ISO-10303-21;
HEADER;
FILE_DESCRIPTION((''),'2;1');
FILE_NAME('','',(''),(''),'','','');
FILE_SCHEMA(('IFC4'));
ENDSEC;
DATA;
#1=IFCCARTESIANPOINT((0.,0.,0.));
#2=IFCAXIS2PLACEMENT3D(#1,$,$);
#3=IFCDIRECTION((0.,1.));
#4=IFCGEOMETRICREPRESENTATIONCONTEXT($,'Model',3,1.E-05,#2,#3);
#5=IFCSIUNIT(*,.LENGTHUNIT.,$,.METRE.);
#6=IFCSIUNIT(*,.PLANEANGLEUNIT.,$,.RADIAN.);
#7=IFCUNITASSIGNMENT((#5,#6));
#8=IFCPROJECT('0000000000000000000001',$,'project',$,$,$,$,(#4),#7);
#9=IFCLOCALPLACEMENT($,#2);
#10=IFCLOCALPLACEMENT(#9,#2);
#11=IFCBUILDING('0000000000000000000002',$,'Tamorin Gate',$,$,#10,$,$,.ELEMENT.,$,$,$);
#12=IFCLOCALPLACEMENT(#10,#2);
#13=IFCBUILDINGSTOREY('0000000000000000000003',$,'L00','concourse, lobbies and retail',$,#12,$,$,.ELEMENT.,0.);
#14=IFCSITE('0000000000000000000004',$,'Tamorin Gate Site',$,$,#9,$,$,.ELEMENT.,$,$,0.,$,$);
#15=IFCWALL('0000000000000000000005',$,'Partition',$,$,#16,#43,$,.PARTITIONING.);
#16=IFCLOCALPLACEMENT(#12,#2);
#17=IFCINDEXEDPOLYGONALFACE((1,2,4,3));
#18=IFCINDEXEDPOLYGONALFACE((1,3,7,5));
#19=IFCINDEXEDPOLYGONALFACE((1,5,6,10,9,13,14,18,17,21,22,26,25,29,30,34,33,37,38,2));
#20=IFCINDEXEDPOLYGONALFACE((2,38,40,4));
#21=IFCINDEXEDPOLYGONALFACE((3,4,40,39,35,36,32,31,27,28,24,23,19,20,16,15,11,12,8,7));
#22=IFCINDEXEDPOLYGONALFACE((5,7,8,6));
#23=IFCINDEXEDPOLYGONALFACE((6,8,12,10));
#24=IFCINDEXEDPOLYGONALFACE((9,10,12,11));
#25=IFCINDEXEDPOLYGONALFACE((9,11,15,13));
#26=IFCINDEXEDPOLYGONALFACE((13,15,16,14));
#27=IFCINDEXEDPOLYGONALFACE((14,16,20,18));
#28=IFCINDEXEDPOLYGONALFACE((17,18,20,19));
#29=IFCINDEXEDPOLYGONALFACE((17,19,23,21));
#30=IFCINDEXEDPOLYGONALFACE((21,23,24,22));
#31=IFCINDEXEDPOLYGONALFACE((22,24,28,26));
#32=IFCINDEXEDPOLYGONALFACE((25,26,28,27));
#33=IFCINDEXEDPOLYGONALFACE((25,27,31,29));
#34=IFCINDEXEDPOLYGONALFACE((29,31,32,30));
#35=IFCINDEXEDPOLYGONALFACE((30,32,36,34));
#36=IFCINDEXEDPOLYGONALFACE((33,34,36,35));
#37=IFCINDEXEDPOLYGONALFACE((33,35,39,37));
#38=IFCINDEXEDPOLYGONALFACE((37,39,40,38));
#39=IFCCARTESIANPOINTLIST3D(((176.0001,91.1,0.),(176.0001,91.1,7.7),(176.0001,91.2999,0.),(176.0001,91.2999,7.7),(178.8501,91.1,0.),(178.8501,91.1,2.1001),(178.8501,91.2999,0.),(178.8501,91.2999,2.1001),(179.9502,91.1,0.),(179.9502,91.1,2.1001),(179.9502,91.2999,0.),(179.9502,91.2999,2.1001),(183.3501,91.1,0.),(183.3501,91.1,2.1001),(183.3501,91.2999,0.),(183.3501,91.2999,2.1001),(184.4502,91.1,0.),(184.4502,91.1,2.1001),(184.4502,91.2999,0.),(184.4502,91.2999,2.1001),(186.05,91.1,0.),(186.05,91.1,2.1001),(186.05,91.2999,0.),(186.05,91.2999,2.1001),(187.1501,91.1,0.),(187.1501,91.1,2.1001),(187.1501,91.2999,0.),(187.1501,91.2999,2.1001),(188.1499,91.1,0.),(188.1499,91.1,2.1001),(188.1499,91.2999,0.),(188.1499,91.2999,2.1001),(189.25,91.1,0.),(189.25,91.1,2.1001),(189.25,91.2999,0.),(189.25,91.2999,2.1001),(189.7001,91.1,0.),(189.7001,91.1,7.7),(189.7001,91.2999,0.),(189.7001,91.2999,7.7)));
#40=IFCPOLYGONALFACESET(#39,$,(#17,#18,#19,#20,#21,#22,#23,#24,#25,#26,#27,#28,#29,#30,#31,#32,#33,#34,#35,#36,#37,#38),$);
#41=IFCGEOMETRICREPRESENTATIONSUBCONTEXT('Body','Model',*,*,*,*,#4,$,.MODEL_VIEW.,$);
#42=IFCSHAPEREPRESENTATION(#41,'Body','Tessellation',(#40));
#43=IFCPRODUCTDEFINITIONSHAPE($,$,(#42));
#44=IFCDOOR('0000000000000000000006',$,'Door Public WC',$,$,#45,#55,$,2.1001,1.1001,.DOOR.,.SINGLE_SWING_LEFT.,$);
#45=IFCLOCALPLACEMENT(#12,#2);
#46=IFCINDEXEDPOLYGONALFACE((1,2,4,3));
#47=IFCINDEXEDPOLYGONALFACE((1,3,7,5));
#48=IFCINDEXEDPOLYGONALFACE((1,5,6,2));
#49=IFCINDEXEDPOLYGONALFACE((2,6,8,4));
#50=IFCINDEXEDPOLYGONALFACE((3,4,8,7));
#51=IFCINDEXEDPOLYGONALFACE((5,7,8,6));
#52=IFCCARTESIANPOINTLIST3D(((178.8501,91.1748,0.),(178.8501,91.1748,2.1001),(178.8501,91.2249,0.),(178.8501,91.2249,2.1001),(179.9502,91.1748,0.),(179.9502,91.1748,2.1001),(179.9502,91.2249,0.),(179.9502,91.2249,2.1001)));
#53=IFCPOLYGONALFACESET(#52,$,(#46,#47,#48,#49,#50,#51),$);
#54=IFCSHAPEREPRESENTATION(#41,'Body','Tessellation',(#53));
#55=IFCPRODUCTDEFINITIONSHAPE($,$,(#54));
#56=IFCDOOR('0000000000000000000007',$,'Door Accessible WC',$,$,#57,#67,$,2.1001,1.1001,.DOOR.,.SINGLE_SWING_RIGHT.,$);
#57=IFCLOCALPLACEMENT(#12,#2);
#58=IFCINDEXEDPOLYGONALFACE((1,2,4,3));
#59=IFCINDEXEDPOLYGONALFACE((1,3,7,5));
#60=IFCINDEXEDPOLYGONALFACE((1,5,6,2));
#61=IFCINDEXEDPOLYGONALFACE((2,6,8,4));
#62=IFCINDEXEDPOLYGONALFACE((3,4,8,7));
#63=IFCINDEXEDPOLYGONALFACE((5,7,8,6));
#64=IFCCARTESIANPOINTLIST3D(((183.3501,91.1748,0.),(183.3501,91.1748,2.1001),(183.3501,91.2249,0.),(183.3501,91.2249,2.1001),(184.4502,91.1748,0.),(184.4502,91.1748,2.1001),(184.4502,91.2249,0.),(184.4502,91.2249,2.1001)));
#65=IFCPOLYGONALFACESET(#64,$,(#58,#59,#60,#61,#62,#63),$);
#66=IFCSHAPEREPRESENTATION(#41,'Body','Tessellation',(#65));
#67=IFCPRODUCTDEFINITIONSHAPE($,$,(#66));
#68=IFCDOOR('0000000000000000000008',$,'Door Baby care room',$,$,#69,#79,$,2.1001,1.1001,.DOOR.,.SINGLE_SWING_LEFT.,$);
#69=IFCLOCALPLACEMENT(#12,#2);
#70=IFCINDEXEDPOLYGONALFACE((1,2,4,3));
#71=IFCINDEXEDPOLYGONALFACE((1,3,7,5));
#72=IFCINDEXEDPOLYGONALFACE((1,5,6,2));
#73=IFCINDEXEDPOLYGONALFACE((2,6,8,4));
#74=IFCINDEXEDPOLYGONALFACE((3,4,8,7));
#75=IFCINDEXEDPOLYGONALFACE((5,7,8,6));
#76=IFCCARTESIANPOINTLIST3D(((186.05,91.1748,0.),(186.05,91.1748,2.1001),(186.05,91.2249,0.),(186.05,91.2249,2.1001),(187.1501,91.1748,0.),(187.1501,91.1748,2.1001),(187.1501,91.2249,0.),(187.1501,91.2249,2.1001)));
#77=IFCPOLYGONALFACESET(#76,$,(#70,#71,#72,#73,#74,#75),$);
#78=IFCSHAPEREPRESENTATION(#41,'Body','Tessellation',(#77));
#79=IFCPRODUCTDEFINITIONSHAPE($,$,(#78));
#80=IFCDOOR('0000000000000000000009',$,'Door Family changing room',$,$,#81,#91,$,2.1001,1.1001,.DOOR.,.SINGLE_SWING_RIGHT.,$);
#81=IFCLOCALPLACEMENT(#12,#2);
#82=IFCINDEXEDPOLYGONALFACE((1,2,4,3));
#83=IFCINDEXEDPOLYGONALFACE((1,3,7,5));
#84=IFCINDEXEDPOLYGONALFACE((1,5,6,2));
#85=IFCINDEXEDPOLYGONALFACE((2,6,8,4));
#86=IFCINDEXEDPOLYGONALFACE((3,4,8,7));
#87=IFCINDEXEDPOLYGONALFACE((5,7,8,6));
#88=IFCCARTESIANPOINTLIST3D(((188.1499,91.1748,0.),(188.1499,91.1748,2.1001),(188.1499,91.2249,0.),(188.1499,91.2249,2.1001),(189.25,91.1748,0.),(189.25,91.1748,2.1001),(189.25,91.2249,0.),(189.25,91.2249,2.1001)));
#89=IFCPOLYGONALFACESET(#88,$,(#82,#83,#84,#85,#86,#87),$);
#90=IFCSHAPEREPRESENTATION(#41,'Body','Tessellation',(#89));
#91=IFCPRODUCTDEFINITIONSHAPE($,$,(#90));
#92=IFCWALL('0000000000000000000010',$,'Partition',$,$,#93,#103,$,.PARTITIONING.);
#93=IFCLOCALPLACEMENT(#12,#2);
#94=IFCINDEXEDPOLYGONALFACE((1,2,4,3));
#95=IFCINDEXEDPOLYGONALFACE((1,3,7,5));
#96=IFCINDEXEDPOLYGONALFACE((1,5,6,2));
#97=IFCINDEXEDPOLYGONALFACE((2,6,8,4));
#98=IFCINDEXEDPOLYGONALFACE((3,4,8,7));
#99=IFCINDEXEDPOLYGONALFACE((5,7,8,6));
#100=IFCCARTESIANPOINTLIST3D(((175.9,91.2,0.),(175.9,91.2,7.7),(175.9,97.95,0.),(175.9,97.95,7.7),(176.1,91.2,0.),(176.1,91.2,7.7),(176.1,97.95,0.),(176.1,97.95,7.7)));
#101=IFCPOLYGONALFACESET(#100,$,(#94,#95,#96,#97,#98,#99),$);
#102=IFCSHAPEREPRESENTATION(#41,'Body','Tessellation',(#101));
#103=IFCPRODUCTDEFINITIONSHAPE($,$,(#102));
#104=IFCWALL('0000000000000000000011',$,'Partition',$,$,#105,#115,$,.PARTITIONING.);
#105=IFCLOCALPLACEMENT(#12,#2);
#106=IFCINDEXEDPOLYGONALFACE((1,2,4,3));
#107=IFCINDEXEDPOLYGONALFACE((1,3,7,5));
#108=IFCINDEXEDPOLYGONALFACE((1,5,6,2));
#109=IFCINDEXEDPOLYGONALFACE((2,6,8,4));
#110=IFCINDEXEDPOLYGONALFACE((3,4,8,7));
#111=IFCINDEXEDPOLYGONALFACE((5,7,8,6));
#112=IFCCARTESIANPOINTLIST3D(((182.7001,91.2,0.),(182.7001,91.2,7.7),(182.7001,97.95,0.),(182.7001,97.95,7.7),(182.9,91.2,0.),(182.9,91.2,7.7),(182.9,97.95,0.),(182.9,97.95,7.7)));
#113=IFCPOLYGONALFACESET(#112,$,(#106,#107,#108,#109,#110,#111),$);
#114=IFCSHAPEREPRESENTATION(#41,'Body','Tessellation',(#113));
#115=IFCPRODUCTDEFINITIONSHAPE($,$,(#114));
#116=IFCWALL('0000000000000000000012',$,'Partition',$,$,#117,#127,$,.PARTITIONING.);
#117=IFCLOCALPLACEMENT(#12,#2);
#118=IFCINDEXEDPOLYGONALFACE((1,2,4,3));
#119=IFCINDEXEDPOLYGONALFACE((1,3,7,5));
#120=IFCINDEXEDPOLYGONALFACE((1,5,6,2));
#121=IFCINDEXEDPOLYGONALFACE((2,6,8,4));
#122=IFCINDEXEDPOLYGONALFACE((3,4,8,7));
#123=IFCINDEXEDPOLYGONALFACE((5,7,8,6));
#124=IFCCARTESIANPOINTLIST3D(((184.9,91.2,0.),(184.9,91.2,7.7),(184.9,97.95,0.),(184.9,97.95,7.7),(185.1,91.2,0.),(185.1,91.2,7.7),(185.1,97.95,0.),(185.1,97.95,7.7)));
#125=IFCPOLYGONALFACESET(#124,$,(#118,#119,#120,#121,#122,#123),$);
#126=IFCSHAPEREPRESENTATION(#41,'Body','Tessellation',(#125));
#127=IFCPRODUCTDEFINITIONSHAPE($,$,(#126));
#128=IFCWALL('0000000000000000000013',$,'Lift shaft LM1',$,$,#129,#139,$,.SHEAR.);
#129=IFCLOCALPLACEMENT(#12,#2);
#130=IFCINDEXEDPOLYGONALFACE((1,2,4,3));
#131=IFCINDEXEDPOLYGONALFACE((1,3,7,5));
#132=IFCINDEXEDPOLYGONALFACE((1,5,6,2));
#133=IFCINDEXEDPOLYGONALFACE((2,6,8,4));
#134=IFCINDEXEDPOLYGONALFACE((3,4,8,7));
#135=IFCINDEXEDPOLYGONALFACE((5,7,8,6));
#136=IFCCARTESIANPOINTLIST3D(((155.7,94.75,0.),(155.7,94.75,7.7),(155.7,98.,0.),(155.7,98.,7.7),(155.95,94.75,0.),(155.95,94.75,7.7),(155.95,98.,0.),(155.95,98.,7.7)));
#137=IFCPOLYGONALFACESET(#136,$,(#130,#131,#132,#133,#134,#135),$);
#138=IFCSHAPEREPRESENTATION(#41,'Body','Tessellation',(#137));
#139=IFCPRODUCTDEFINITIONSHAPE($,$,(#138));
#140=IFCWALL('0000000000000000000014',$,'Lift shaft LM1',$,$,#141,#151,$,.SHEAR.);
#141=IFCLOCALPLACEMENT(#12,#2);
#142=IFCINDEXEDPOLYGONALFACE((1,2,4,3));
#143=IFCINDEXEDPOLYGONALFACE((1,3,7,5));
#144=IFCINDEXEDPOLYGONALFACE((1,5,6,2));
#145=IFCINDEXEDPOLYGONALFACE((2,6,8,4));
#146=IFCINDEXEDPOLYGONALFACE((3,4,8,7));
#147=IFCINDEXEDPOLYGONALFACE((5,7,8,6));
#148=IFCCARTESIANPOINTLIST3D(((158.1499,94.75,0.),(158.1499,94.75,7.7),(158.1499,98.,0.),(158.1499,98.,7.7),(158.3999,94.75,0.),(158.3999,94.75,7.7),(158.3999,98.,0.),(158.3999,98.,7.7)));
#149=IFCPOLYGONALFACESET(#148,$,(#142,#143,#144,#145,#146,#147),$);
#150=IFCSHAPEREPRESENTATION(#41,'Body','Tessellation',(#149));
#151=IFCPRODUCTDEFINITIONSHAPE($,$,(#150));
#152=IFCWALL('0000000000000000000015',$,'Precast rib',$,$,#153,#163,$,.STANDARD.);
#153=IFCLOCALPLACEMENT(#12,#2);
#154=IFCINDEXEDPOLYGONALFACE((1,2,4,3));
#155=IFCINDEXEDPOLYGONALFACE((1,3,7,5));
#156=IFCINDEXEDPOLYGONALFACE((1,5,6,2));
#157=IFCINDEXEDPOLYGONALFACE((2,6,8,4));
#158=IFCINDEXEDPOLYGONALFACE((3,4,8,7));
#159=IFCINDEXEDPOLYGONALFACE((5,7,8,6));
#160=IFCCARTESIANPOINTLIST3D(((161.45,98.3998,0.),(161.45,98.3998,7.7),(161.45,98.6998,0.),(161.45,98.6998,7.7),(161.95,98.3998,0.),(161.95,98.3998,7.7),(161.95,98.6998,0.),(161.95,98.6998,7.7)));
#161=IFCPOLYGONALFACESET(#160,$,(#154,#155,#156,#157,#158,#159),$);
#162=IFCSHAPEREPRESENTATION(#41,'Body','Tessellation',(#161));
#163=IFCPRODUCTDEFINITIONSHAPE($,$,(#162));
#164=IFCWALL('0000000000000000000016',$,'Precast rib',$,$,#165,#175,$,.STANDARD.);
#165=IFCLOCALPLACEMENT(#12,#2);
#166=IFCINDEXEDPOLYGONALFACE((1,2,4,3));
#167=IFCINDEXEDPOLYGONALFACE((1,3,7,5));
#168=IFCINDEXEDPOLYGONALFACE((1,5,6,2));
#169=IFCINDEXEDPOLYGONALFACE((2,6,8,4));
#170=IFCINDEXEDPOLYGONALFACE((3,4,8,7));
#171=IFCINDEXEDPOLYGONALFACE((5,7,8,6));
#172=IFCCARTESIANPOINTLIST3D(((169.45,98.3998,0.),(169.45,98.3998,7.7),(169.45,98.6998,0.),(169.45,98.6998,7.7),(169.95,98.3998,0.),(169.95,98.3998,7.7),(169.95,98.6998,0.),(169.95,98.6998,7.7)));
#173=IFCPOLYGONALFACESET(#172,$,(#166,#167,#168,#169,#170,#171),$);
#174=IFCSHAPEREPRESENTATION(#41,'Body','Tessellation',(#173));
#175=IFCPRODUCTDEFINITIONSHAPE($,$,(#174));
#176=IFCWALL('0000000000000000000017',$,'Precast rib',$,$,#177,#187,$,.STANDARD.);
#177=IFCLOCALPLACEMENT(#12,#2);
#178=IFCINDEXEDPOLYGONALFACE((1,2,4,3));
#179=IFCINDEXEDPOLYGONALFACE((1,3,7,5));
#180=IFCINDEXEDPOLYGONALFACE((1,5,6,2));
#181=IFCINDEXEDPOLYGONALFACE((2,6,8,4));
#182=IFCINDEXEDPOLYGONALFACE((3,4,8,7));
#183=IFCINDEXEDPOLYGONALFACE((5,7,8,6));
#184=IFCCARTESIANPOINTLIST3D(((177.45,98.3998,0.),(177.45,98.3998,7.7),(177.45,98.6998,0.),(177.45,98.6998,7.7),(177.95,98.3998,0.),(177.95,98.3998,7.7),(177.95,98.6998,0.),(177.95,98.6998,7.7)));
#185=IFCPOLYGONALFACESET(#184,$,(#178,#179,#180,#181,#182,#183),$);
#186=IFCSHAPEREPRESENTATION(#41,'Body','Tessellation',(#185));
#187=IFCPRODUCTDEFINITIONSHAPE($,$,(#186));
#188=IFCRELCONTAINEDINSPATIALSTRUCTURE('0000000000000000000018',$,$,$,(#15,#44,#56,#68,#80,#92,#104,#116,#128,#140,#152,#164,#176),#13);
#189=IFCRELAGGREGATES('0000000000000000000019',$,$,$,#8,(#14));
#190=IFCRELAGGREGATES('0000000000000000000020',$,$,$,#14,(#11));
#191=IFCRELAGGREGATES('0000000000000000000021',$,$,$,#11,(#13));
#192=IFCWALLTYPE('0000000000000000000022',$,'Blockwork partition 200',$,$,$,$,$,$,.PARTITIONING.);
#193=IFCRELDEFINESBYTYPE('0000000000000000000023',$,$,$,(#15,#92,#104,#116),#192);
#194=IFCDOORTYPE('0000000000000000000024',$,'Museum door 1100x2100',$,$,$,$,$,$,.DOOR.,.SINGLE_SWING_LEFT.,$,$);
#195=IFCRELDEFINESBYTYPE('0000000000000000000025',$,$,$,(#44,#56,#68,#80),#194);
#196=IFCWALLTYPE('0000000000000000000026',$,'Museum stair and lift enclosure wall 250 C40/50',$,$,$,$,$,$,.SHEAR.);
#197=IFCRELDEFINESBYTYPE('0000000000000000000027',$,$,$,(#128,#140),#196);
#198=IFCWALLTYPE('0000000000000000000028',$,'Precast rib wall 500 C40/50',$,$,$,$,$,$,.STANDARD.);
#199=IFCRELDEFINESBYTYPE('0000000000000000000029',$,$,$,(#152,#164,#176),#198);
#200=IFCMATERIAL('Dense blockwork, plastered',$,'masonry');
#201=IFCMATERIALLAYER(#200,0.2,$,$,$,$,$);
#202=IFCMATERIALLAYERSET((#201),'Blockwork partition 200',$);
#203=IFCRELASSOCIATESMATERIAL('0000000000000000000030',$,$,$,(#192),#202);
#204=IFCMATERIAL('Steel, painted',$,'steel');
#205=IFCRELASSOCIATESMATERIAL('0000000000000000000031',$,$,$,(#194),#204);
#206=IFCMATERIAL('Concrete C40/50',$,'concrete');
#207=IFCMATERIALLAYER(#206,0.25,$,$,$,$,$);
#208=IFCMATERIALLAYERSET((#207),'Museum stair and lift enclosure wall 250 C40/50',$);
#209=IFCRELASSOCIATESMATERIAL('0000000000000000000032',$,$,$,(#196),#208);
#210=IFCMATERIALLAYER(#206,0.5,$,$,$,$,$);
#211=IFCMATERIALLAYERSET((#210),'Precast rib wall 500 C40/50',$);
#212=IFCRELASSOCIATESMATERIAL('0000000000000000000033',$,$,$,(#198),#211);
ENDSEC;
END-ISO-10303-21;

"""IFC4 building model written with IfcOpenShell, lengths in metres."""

from ifc_helpers import new_model, si_unit, direction, frame, frame_2d, origin, place, context, subcontext, project, spatial, rectangle, extrude, material, layer, layer_set, type_object, element, fill, save


model = new_model("IFC4")

# Units and contexts
model_context = context("Model", 3, precision=1e-05, world=origin(), true_north=direction((0.0, 1.0)))
body_context = subcontext(model_context, "Body", "Model", "MODEL_VIEW")
ifc_project = project(units=[si_unit("LENGTHUNIT", "METRE"), si_unit("PLANEANGLEUNIT", "RADIAN")], contexts=[model_context])

# Site, building, storey
site_placement = place(None, origin())
site = spatial("IfcSite", under=ifc_project, at=site_placement, Name="Tamorin Gate Site", CompositionType="ELEMENT", RefElevation=0.0)
building_placement = place(site_placement, origin())
building = spatial("IfcBuilding", under=site, at=building_placement, Name="Tamorin Gate", CompositionType="ELEMENT")
storey_placement = place(building_placement, origin())
storey = spatial("IfcBuildingStorey", under=building, at=storey_placement, Name="L00", Description="concourse, lobbies and retail", CompositionType="ELEMENT", Elevation=0.0)

# Wall, openings, doors
ifc_material_1 = material(Name="Dense blockwork, plastered", Category="masonry")
ifc_layer_1 = layer(ifc_material_1, 0.2)
ifc_layer_set_1 = layer_set([ifc_layer_1], Name="Blockwork partition 200")
wall_type_1 = type_object("IfcWallType", Name="Blockwork partition 200", PredefinedType="PARTITIONING", material=ifc_layer_set_1)
wall_placement = place(storey_placement, frame((176.0, 91.2, 0.0), z_axis=(0.0, 0.0, 1.0), x_axis=(1.0, 0.0, 0.0)))
wall = element("IfcWall", 1, at=wall_placement, inside=storey, type_object=wall_type_1, Name="Partition", PredefinedType="PARTITIONING", context=body_context, shape_type="SweptSolid", body=[
    extrude(rectangle(XDim=13.7, YDim=0.2, at=frame_2d((6.8501, 0.0))), origin(), (0.0, 0.0, 1.0), 7.7),
])
opening_1_placement = place(wall_placement, frame((2.8501, 0.0, 0.0)))
opening_1 = element("IfcOpeningElement", 2, at=opening_1_placement, cuts=wall, PredefinedType="OPENING", context=body_context, shape_type="SweptSolid", body=[
    extrude(rectangle(XDim=1.1001, YDim=2.1001, at=frame_2d((0.55, 1.05))), frame((0.0, 0.1099, 0.0), z_axis=(0.0, -1.0, 0.0), x_axis=(1.0, 0.0, 0.0)), (0.0, 0.0, 1.0), 0.22),
])
opening_2_placement = place(wall_placement, frame((7.3501, 0.0, 0.0)))
opening_2 = element("IfcOpeningElement", 3, at=opening_2_placement, cuts=wall, PredefinedType="OPENING", context=body_context, shape_type="SweptSolid", body=[
    extrude(rectangle(XDim=1.1001, YDim=2.1001, at=frame_2d((0.55, 1.05))), frame((0.0, 0.1099, 0.0), z_axis=(0.0, -1.0, 0.0), x_axis=(1.0, 0.0, 0.0)), (0.0, 0.0, 1.0), 0.22),
])
opening_3_placement = place(wall_placement, frame((10.05, 0.0, 0.0)))
opening_3 = element("IfcOpeningElement", 4, at=opening_3_placement, cuts=wall, PredefinedType="OPENING", context=body_context, shape_type="SweptSolid", body=[
    extrude(rectangle(XDim=1.1001, YDim=2.1001, at=frame_2d((0.55, 1.05))), frame((0.0, 0.1099, 0.0), z_axis=(0.0, -1.0, 0.0), x_axis=(1.0, 0.0, 0.0)), (0.0, 0.0, 1.0), 0.22),
])
opening_4_placement = place(wall_placement, frame((12.1499, 0.0, 0.0)))
opening_4 = element("IfcOpeningElement", 5, at=opening_4_placement, cuts=wall, PredefinedType="OPENING", context=body_context, shape_type="SweptSolid", body=[
    extrude(rectangle(XDim=1.1001, YDim=2.1001, at=frame_2d((0.55, 1.05))), frame((0.0, 0.1099, 0.0), z_axis=(0.0, -1.0, 0.0), x_axis=(1.0, 0.0, 0.0)), (0.0, 0.0, 1.0), 0.22),
])
ifc_material_2 = material(Name="Steel, painted", Category="steel")
door_type = type_object("IfcDoorType", Name="Museum door 1100x2100", OperationType="SINGLE_SWING_LEFT", PredefinedType="DOOR", material=ifc_material_2)
door_1_placement = place(opening_1_placement, origin())
door_1 = element("IfcDoor", 6, at=door_1_placement, inside=storey, type_object=door_type, Name="Door Public WC", OperationType="SINGLE_SWING_LEFT", OverallHeight=2.1001, OverallWidth=1.1001, PredefinedType="DOOR", context=body_context, shape_type="SweptSolid", body=[
    extrude(rectangle(XDim=1.1001, YDim=2.1001, at=frame_2d((0.55, 1.05))), frame((0.0, 0.0249, 0.0), z_axis=(0.0, -1.0, 0.0), x_axis=(1.0, 0.0, 0.0)), (0.0, 0.0, 1.0), 0.05),
])
fill(opening_1, door_1)
door_2_placement = place(opening_2_placement, origin())
door_2 = element("IfcDoor", 7, at=door_2_placement, inside=storey, type_object=door_type, Name="Door Accessible WC", OperationType="SINGLE_SWING_RIGHT", OverallHeight=2.1001, OverallWidth=1.1001, PredefinedType="DOOR", context=body_context, shape_type="SweptSolid", body=[
    extrude(rectangle(XDim=1.1001, YDim=2.1001, at=frame_2d((0.55, 1.05))), frame((0.0, 0.0249, 0.0), z_axis=(0.0, -1.0, 0.0), x_axis=(1.0, 0.0, 0.0)), (0.0, 0.0, 1.0), 0.05),
])
fill(opening_2, door_2)
door_3_placement = place(opening_3_placement, origin())
door_3 = element("IfcDoor", 8, at=door_3_placement, inside=storey, type_object=door_type, Name="Door Baby care room", OperationType="SINGLE_SWING_LEFT", OverallHeight=2.1001, OverallWidth=1.1001, PredefinedType="DOOR", context=body_context, shape_type="SweptSolid", body=[
    extrude(rectangle(XDim=1.1001, YDim=2.1001, at=frame_2d((0.55, 1.05))), frame((0.0, 0.0249, 0.0), z_axis=(0.0, -1.0, 0.0), x_axis=(1.0, 0.0, 0.0)), (0.0, 0.0, 1.0), 0.05),
])
fill(opening_3, door_3)
door_4_placement = place(opening_4_placement, origin())
door_4 = element("IfcDoor", 9, at=door_4_placement, inside=storey, type_object=door_type, Name="Door Family changing room", OperationType="SINGLE_SWING_RIGHT", OverallHeight=2.1001, OverallWidth=1.1001, PredefinedType="DOOR", context=body_context, shape_type="SweptSolid", body=[
    extrude(rectangle(XDim=1.1001, YDim=2.1001, at=frame_2d((0.55, 1.05))), frame((0.0, 0.0249, 0.0), z_axis=(0.0, -1.0, 0.0), x_axis=(1.0, 0.0, 0.0)), (0.0, 0.0, 1.0), 0.05),
])
fill(opening_4, door_4)

# Walls
for number, where, z_axis, x_axis, name in (
    (10, (176.0, 91.2, 0.0), (0.0, 0.0, 1.0), (0.0, 1.0, 0.0), "Partition"),
    (11, (182.8, 91.2, 0.0), (0.0, 0.0, 1.0), (0.0, 1.0, 0.0), "Partition"),
    (12, (185.0, 91.2, 0.0), (0.0, 0.0, 1.0), (0.0, 1.0, 0.0), "Partition"),
):
    element("IfcWall", number, at=place(storey_placement, frame(where, z_axis=z_axis, x_axis=x_axis)), inside=storey, type_object=wall_type_1, Name=name, PredefinedType="PARTITIONING", context=body_context, shape_type="SweptSolid", body=[
        extrude(rectangle(XDim=6.75, YDim=0.2, at=frame_2d((3.375, 0.0))), origin(), (0.0, 0.0, 1.0), 7.7),
    ])
ifc_material_3 = material(Name="Concrete C40/50", Category="concrete")
ifc_layer_2 = layer(ifc_material_3, 0.25)
ifc_layer_set_2 = layer_set([ifc_layer_2], Name="Museum stair and lift enclosure wall 250 C40/50")
wall_type_2 = type_object("IfcWallType", Name="Museum stair and lift enclosure wall 250 C40/50", PredefinedType="SHEAR", material=ifc_layer_set_2)
for number, where, z_axis, x_axis, name in (
    (13, (155.825, 94.75, 0.0), (0.0, 0.0, 1.0), (0.0, 1.0, 0.0), "Lift shaft LM1"),
    (14, (158.2749, 94.75, 0.0), (0.0, 0.0, 1.0), (0.0, 1.0, 0.0), "Lift shaft LM1"),
):
    element("IfcWall", number, at=place(storey_placement, frame(where, z_axis=z_axis, x_axis=x_axis)), inside=storey, type_object=wall_type_2, Name=name, PredefinedType="SHEAR", context=body_context, shape_type="SweptSolid", body=[
        extrude(rectangle(XDim=3.25, YDim=0.25, at=frame_2d((1.625, 0.0))), origin(), (0.0, 0.0, 1.0), 7.7),
    ])
ifc_layer_3 = layer(ifc_material_3, 0.5)
ifc_layer_set_3 = layer_set([ifc_layer_3], Name="Precast rib wall 500 C40/50")
wall_type_3 = type_object("IfcWallType", Name="Precast rib wall 500 C40/50", PredefinedType="STANDARD", material=ifc_layer_set_3)
for number, where, z_axis, x_axis, name in (
    (15, (161.7, 98.3999, 0.0), (0.0, 0.0, 1.0), (0.0, 1.0, 0.0), "Precast rib"),
    (16, (169.7, 98.3999, 0.0), (0.0, 0.0, 1.0), (0.0, 1.0, 0.0), "Precast rib"),
    (17, (177.7, 98.3999, 0.0), (0.0, 0.0, 1.0), (0.0, 1.0, 0.0), "Precast rib"),
):
    element("IfcWall", number, at=place(storey_placement, frame(where, z_axis=z_axis, x_axis=x_axis)), inside=storey, type_object=wall_type_3, Name=name, PredefinedType="STANDARD", context=body_context, shape_type="SweptSolid", body=[
        extrude(rectangle(XDim=0.3, YDim=0.5, at=frame_2d((0.1499, 0.0))), origin(), (0.0, 0.0, 1.0), 7.7),
    ])

save(model, "model.ifc")
